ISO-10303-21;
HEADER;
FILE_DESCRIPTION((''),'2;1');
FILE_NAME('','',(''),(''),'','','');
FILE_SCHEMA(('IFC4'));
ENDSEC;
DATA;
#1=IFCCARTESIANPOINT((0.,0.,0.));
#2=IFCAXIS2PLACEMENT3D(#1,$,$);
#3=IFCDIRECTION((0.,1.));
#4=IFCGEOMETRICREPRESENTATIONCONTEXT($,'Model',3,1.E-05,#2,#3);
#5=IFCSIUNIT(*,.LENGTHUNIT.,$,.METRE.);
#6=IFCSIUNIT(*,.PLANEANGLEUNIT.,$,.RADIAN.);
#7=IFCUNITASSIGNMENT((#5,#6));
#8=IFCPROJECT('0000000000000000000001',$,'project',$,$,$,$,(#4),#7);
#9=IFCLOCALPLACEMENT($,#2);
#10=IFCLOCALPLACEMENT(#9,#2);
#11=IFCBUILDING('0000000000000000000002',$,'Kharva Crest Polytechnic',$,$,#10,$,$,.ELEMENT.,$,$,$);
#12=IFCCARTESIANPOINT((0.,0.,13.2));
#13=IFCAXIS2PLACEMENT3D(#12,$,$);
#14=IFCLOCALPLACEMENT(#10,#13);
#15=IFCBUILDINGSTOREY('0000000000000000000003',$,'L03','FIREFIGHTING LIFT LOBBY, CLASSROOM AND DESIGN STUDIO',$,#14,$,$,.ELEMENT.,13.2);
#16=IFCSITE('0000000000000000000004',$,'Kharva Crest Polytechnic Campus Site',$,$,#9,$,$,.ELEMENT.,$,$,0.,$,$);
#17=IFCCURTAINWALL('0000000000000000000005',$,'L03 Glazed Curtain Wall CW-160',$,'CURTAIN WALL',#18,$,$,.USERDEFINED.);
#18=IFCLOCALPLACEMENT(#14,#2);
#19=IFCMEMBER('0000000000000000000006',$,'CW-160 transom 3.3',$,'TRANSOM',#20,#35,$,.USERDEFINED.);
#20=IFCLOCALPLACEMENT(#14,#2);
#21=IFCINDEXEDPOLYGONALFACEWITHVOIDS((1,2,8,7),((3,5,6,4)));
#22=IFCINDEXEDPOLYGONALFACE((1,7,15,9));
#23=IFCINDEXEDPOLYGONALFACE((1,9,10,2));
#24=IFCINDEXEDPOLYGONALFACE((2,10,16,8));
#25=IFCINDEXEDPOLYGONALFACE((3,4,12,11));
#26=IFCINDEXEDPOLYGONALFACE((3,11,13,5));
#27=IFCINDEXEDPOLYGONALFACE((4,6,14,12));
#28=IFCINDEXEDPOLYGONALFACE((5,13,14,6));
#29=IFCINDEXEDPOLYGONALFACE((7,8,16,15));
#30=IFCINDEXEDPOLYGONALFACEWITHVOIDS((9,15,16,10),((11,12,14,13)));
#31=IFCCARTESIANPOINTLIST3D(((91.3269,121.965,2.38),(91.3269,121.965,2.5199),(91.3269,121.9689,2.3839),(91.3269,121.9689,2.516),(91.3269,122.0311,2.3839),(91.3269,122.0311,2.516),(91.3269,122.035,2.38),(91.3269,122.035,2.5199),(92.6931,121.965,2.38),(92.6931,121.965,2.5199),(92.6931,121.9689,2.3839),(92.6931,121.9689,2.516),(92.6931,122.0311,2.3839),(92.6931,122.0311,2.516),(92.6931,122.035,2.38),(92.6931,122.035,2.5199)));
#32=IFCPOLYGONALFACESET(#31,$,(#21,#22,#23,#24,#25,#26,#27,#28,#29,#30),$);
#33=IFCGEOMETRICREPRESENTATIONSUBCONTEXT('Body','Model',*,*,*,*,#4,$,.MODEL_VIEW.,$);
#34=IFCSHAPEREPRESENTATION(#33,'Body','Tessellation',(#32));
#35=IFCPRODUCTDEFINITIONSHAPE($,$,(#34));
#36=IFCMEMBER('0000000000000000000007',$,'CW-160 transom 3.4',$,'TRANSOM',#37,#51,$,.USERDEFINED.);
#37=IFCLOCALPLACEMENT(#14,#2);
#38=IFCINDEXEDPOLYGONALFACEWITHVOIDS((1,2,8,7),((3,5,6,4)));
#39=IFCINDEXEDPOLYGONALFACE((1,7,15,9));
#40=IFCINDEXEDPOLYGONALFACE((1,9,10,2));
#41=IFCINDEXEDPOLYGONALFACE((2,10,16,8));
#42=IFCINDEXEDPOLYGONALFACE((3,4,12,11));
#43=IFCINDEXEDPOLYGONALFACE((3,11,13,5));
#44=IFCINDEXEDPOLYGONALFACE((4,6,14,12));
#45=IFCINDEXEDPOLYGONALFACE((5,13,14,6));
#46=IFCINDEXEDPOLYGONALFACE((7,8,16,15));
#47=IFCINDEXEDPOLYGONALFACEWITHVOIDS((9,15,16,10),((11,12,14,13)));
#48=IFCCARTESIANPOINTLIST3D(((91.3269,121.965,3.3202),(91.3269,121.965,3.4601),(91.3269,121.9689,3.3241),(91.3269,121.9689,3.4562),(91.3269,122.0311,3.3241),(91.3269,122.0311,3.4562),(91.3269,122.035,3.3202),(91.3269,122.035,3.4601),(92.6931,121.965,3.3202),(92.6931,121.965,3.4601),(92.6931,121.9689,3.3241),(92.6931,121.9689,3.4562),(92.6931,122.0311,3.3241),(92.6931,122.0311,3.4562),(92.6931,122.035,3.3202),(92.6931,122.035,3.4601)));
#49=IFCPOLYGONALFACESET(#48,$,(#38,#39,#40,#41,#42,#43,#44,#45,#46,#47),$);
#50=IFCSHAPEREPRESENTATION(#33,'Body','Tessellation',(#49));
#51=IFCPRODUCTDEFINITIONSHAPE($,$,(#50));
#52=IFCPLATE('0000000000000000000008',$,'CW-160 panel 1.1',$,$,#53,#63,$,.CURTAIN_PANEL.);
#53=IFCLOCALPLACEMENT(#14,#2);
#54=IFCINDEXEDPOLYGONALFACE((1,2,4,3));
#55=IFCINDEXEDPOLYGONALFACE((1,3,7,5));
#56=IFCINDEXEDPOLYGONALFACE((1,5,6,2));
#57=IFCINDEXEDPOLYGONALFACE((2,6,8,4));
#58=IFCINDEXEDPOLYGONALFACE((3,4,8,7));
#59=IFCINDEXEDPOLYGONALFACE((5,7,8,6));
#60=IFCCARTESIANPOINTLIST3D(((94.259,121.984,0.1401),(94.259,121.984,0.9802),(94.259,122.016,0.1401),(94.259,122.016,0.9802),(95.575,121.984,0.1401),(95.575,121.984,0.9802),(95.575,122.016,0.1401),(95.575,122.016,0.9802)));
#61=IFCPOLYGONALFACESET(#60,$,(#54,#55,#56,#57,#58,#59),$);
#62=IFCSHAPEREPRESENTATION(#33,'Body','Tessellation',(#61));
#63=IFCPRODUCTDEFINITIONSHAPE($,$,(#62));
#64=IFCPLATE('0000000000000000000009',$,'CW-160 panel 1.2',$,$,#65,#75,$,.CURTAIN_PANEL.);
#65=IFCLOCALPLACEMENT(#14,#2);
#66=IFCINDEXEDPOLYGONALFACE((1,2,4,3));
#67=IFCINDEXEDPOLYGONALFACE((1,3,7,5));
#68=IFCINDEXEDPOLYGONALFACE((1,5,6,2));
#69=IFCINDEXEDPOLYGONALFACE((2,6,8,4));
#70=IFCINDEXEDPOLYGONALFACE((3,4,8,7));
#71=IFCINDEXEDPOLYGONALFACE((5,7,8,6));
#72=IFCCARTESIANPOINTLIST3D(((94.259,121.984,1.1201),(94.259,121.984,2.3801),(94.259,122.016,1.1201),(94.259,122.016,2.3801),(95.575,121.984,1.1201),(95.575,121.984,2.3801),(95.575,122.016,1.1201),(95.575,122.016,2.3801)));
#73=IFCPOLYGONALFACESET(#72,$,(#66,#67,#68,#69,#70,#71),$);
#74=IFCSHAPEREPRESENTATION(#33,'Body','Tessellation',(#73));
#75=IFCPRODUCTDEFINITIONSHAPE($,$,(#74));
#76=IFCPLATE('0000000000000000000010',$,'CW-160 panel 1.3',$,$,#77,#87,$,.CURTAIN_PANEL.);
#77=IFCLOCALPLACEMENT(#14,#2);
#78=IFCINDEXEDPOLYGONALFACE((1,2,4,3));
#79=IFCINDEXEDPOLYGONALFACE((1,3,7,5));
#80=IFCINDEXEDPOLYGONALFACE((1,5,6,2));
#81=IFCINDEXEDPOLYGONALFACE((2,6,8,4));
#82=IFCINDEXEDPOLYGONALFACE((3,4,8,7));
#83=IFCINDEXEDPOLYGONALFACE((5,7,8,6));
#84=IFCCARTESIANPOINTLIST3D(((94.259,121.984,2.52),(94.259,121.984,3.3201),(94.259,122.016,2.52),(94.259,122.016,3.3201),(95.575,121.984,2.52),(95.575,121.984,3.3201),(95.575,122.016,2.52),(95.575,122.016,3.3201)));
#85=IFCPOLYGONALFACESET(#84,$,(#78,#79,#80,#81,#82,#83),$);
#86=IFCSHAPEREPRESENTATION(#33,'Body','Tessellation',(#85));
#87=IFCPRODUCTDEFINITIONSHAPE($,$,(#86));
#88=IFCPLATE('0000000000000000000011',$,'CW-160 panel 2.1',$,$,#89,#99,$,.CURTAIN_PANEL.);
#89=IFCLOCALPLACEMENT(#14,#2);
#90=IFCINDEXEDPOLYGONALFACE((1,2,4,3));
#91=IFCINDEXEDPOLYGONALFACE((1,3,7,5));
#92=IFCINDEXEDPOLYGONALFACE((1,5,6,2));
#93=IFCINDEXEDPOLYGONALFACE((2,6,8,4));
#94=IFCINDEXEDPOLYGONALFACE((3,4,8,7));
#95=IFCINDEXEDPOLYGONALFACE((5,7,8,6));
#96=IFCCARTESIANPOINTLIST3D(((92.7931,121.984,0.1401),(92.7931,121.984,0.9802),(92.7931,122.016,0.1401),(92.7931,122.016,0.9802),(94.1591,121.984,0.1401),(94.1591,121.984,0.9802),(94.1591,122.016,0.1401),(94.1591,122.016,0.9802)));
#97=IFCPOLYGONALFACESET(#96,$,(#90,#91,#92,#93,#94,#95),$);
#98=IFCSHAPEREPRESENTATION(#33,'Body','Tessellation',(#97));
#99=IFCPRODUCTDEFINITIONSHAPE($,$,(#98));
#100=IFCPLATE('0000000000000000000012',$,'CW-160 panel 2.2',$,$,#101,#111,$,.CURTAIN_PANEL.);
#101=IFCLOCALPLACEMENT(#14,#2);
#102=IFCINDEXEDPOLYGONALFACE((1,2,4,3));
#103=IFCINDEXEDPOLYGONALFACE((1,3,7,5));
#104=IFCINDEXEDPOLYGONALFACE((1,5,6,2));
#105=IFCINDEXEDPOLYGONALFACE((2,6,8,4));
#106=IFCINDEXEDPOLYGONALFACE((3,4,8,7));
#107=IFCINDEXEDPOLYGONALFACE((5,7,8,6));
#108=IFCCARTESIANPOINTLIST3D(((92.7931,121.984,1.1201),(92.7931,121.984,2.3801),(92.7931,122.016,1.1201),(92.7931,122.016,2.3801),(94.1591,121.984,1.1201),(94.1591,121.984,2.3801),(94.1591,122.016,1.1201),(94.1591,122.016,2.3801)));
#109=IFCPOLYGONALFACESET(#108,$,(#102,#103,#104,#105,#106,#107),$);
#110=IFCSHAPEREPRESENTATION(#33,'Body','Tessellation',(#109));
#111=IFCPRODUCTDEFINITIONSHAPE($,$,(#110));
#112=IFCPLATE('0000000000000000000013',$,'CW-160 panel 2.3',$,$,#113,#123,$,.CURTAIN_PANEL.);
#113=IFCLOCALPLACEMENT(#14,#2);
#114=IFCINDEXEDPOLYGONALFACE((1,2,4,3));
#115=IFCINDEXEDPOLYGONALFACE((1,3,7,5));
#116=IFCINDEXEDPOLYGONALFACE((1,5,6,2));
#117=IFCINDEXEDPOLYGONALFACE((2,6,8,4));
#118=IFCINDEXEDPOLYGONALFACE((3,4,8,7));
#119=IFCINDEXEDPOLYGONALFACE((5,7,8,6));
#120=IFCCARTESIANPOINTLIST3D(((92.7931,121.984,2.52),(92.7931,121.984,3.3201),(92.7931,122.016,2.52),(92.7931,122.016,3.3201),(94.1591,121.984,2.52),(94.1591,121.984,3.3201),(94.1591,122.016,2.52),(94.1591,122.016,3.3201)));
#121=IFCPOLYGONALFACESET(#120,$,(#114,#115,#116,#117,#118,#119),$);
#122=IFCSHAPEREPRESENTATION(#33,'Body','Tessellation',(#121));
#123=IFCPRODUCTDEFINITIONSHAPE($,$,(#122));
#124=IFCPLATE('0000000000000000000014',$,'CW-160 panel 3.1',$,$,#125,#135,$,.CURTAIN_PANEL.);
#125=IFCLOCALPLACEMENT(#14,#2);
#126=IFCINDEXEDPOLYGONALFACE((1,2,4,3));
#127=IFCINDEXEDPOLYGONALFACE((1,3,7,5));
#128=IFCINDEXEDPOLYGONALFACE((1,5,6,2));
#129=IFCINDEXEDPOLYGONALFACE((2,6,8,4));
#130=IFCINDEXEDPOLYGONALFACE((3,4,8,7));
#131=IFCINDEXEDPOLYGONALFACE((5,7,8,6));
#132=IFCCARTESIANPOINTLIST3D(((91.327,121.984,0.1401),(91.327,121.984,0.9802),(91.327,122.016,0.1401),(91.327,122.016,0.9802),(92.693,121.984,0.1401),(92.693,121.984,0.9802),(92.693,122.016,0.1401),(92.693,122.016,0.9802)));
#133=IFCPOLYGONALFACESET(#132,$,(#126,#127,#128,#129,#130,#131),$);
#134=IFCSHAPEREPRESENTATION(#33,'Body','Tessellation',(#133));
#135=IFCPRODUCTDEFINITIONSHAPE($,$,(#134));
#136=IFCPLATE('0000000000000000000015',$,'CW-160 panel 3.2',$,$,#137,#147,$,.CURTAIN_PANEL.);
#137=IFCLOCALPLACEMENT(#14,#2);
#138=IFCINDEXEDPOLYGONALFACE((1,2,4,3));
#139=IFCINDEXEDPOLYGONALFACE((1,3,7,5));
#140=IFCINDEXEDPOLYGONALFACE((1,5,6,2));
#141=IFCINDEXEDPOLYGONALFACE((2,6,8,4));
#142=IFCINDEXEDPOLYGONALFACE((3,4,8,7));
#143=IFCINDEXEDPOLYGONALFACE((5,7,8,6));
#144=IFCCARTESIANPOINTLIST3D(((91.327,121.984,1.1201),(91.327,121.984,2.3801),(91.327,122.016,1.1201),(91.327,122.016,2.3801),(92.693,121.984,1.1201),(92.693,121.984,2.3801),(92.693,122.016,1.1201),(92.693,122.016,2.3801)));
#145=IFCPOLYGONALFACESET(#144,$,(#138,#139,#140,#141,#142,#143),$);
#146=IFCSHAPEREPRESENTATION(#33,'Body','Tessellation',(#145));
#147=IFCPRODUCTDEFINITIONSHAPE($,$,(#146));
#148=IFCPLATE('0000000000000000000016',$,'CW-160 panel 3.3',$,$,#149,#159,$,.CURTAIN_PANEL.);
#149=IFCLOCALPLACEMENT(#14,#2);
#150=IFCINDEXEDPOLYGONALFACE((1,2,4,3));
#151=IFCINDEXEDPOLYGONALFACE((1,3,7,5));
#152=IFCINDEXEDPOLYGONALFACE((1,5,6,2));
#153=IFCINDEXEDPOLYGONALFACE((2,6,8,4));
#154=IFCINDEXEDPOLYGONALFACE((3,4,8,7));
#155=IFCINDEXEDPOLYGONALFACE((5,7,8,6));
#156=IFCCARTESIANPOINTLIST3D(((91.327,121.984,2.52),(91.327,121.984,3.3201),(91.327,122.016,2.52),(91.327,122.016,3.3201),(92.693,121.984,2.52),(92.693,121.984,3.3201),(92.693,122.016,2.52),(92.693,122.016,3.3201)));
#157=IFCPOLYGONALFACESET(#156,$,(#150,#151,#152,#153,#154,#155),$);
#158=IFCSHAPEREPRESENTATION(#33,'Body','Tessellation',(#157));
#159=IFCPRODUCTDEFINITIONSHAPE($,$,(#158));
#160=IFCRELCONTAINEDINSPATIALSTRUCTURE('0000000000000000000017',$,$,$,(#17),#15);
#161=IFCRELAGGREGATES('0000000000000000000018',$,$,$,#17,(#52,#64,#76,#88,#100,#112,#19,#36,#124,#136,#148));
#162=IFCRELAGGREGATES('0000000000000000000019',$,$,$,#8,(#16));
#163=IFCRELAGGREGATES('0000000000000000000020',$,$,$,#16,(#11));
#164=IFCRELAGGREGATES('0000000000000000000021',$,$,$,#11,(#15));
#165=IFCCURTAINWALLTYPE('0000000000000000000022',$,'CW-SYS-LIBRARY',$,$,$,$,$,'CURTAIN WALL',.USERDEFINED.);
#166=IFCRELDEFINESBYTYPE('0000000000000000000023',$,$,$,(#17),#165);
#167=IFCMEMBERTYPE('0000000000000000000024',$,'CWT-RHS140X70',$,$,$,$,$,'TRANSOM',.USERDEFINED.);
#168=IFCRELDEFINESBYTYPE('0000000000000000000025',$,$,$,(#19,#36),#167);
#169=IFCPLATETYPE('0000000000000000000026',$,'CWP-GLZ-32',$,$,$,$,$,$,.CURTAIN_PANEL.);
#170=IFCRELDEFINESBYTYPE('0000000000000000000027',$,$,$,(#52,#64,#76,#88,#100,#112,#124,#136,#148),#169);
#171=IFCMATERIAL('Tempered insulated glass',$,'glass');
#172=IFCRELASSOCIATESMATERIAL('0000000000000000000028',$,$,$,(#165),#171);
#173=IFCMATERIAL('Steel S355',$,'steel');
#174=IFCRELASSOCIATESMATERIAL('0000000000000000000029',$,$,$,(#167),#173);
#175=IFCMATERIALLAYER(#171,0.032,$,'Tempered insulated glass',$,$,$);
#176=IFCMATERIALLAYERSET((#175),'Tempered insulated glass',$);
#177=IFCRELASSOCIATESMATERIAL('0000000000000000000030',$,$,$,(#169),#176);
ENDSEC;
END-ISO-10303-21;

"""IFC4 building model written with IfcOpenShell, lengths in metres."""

from ifc_helpers import new_model, si_unit, direction, frame, origin, origin_2d, place, context, subcontext, project, spatial, rectangle, hollow_rectangle, extrude, material, layer, layer_set, material_profile, profile_set, type_object, element, aggregate, save


model = new_model("IFC4")

# Units and contexts
model_context = context("Model", 3, precision=1e-05, world=origin(), true_north=direction((0.0, 1.0)))
body_context = subcontext(model_context, "Body", "Model", "MODEL_VIEW")
ifc_project = project(units=[si_unit("LENGTHUNIT", "METRE"), si_unit("PLANEANGLEUNIT", "RADIAN")], contexts=[model_context])

# Site, building, storey
site_placement = place(None, origin())
site = spatial("IfcSite", under=ifc_project, at=site_placement, Name="Kharva Crest Polytechnic Campus Site", CompositionType="ELEMENT", RefElevation=0.0)
building_placement = place(site_placement, origin())
building = spatial("IfcBuilding", under=site, at=building_placement, Name="Kharva Crest Polytechnic", CompositionType="ELEMENT")
storey_placement = place(building_placement, frame((0.0, 0.0, 13.2)))
storey = spatial("IfcBuildingStorey", under=building, at=storey_placement, Name="L03", Description="FIREFIGHTING LIFT LOBBY, CLASSROOM AND DESIGN STUDIO", CompositionType="ELEMENT", Elevation=13.2)

# Curtain wall, members, plates
ifc_material_1 = material(Name="Tempered insulated glass", Category="glass")
curtain_wall_type = type_object("IfcCurtainWallType", Name="CW-SYS-LIBRARY", ElementType="CURTAIN WALL", PredefinedType="USERDEFINED", material=ifc_material_1)
curtain_wall_placement = place(storey_placement, origin())
curtain_wall = element("IfcCurtainWall", 1, at=curtain_wall_placement, inside=storey, type_object=curtain_wall_type, Name="L03 Glazed Curtain Wall CW-160", ObjectType="CURTAIN WALL", PredefinedType="USERDEFINED")
ifc_material_2 = material(Name="Steel S355", Category="steel")
ifc_material_profile_1 = material_profile(ifc_material_2, hollow_rectangle(XDim=0.0701, YDim=0.1399, WallThickness=0.0039, at=origin_2d()), Name="RHS 140X70X4.0")
ifc_profile_set_1 = profile_set([ifc_material_profile_1], Name="Steel S355")
member_type_1 = type_object("IfcMemberType", Name="CWT-RHS140X70", ElementType="TRANSOM", PredefinedType="USERDEFINED", material=ifc_profile_set_1)
member_1_placement = place(storey_placement, frame((92.6931, 122.0, 2.45), z_axis=(-1.0, 0.0, 0.0), x_axis=(0.0, -1.0, 0.0)))
member_1 = element("IfcMember", 2, at=member_1_placement, type_object=member_type_1, Name="CW-160 transom 3.3", ObjectType="TRANSOM", PredefinedType="USERDEFINED", context=body_context, shape_type="SweptSolid", body=[
    extrude(hollow_rectangle(XDim=0.0701, YDim=0.1399, WallThickness=0.0039, at=origin_2d()), origin(), (0.0, 0.0, 1.0), 1.3662),
])
member_2_placement = place(storey_placement, frame((92.6931, 122.0, 3.3901), z_axis=(-1.0, 0.0, 0.0), x_axis=(0.0, -1.0, 0.0)))
member_2 = element("IfcMember", 3, at=member_2_placement, type_object=member_type_1, Name="CW-160 transom 3.4", ObjectType="TRANSOM", PredefinedType="USERDEFINED", context=body_context, shape_type="SweptSolid", body=[
    extrude(hollow_rectangle(XDim=0.0701, YDim=0.1399, WallThickness=0.0039, at=origin_2d()), origin(), (0.0, 0.0, 1.0), 1.3662),
])
ifc_layer = layer(ifc_material_1, 0.032, Name="Tempered insulated glass")
ifc_layer_set = layer_set([ifc_layer], Name="Tempered insulated glass")
plate_type = type_object("IfcPlateType", Name="CWP-GLZ-32", PredefinedType="CURTAIN_PANEL", material=ifc_layer_set)
plate_1_placement = place(storey_placement, frame((94.917, 122.0, 0.1401), z_axis=(0.0, 0.0, 1.0), x_axis=(-1.0, 0.0, 0.0)))
plate_1 = element("IfcPlate", 4, at=plate_1_placement, type_object=plate_type, Name="CW-160 panel 1.1", PredefinedType="CURTAIN_PANEL", context=body_context, shape_type="SweptSolid", body=[
    extrude(rectangle(XDim=1.3159, YDim=0.032, at=origin_2d()), origin(), (0.0, 0.0, 1.0), 0.8401),
])
plate_2_placement = place(storey_placement, frame((94.917, 122.0, 1.1201), z_axis=(0.0, 0.0, 1.0), x_axis=(-1.0, 0.0, 0.0)))
plate_2 = element("IfcPlate", 5, at=plate_2_placement, type_object=plate_type, Name="CW-160 panel 1.2", PredefinedType="CURTAIN_PANEL", context=body_context, shape_type="SweptSolid", body=[
    extrude(rectangle(XDim=1.3159, YDim=0.032, at=origin_2d()), origin(), (0.0, 0.0, 1.0), 1.26),
])
plate_3_placement = place(storey_placement, frame((94.917, 122.0, 2.52), z_axis=(0.0, 0.0, 1.0), x_axis=(-1.0, 0.0, 0.0)))
plate_3 = element("IfcPlate", 6, at=plate_3_placement, type_object=plate_type, Name="CW-160 panel 1.3", PredefinedType="CURTAIN_PANEL", context=body_context, shape_type="SweptSolid", body=[
    extrude(rectangle(XDim=1.3159, YDim=0.032, at=origin_2d()), origin(), (0.0, 0.0, 1.0), 0.8),
])
plate_4_placement = place(storey_placement, frame((93.4761, 122.0, 0.1401), z_axis=(0.0, 0.0, 1.0), x_axis=(-1.0, 0.0, 0.0)))
plate_4 = element("IfcPlate", 7, at=plate_4_placement, type_object=plate_type, Name="CW-160 panel 2.1", PredefinedType="CURTAIN_PANEL", context=body_context, shape_type="SweptSolid", body=[
    extrude(rectangle(XDim=1.366, YDim=0.032, at=origin_2d()), origin(), (0.0, 0.0, 1.0), 0.8401),
])
plate_5_placement = place(storey_placement, frame((93.4761, 122.0, 1.1201), z_axis=(0.0, 0.0, 1.0), x_axis=(-1.0, 0.0, 0.0)))
plate_5 = element("IfcPlate", 8, at=plate_5_placement, type_object=plate_type, Name="CW-160 panel 2.2", PredefinedType="CURTAIN_PANEL", context=body_context, shape_type="SweptSolid", body=[
    extrude(rectangle(XDim=1.366, YDim=0.032, at=origin_2d()), origin(), (0.0, 0.0, 1.0), 1.26),
])
plate_6_placement = place(storey_placement, frame((93.4761, 122.0, 2.52), z_axis=(0.0, 0.0, 1.0), x_axis=(-1.0, 0.0, 0.0)))
plate_6 = element("IfcPlate", 9, at=plate_6_placement, type_object=plate_type, Name="CW-160 panel 2.3", PredefinedType="CURTAIN_PANEL", context=body_context, shape_type="SweptSolid", body=[
    extrude(rectangle(XDim=1.366, YDim=0.032, at=origin_2d()), origin(), (0.0, 0.0, 1.0), 0.8),
])
plate_7_placement = place(storey_placement, frame((92.01, 122.0, 0.1401), z_axis=(0.0, 0.0, 1.0), x_axis=(-1.0, 0.0, 0.0)))
plate_7 = element("IfcPlate", 10, at=plate_7_placement, type_object=plate_type, Name="CW-160 panel 3.1", PredefinedType="CURTAIN_PANEL", context=body_context, shape_type="SweptSolid", body=[
    extrude(rectangle(XDim=1.366, YDim=0.032, at=origin_2d()), origin(), (0.0, 0.0, 1.0), 0.8401),
])
plate_8_placement = place(storey_placement, frame((92.01, 122.0, 1.1201), z_axis=(0.0, 0.0, 1.0), x_axis=(-1.0, 0.0, 0.0)))
plate_8 = element("IfcPlate", 11, at=plate_8_placement, type_object=plate_type, Name="CW-160 panel 3.2", PredefinedType="CURTAIN_PANEL", context=body_context, shape_type="SweptSolid", body=[
    extrude(rectangle(XDim=1.366, YDim=0.032, at=origin_2d()), origin(), (0.0, 0.0, 1.0), 1.26),
])
plate_9_placement = place(storey_placement, frame((92.01, 122.0, 2.52), z_axis=(0.0, 0.0, 1.0), x_axis=(-1.0, 0.0, 0.0)))
plate_9 = element("IfcPlate", 12, at=plate_9_placement, type_object=plate_type, Name="CW-160 panel 3.3", PredefinedType="CURTAIN_PANEL", context=body_context, shape_type="SweptSolid", body=[
    extrude(rectangle(XDim=1.366, YDim=0.032, at=origin_2d()), origin(), (0.0, 0.0, 1.0), 0.8),
])
aggregate(curtain_wall, [plate_1, plate_2, plate_3, plate_4, plate_5, plate_6, member_1, member_2, plate_7, plate_8, plate_9])

save(model, "model.ifc")
